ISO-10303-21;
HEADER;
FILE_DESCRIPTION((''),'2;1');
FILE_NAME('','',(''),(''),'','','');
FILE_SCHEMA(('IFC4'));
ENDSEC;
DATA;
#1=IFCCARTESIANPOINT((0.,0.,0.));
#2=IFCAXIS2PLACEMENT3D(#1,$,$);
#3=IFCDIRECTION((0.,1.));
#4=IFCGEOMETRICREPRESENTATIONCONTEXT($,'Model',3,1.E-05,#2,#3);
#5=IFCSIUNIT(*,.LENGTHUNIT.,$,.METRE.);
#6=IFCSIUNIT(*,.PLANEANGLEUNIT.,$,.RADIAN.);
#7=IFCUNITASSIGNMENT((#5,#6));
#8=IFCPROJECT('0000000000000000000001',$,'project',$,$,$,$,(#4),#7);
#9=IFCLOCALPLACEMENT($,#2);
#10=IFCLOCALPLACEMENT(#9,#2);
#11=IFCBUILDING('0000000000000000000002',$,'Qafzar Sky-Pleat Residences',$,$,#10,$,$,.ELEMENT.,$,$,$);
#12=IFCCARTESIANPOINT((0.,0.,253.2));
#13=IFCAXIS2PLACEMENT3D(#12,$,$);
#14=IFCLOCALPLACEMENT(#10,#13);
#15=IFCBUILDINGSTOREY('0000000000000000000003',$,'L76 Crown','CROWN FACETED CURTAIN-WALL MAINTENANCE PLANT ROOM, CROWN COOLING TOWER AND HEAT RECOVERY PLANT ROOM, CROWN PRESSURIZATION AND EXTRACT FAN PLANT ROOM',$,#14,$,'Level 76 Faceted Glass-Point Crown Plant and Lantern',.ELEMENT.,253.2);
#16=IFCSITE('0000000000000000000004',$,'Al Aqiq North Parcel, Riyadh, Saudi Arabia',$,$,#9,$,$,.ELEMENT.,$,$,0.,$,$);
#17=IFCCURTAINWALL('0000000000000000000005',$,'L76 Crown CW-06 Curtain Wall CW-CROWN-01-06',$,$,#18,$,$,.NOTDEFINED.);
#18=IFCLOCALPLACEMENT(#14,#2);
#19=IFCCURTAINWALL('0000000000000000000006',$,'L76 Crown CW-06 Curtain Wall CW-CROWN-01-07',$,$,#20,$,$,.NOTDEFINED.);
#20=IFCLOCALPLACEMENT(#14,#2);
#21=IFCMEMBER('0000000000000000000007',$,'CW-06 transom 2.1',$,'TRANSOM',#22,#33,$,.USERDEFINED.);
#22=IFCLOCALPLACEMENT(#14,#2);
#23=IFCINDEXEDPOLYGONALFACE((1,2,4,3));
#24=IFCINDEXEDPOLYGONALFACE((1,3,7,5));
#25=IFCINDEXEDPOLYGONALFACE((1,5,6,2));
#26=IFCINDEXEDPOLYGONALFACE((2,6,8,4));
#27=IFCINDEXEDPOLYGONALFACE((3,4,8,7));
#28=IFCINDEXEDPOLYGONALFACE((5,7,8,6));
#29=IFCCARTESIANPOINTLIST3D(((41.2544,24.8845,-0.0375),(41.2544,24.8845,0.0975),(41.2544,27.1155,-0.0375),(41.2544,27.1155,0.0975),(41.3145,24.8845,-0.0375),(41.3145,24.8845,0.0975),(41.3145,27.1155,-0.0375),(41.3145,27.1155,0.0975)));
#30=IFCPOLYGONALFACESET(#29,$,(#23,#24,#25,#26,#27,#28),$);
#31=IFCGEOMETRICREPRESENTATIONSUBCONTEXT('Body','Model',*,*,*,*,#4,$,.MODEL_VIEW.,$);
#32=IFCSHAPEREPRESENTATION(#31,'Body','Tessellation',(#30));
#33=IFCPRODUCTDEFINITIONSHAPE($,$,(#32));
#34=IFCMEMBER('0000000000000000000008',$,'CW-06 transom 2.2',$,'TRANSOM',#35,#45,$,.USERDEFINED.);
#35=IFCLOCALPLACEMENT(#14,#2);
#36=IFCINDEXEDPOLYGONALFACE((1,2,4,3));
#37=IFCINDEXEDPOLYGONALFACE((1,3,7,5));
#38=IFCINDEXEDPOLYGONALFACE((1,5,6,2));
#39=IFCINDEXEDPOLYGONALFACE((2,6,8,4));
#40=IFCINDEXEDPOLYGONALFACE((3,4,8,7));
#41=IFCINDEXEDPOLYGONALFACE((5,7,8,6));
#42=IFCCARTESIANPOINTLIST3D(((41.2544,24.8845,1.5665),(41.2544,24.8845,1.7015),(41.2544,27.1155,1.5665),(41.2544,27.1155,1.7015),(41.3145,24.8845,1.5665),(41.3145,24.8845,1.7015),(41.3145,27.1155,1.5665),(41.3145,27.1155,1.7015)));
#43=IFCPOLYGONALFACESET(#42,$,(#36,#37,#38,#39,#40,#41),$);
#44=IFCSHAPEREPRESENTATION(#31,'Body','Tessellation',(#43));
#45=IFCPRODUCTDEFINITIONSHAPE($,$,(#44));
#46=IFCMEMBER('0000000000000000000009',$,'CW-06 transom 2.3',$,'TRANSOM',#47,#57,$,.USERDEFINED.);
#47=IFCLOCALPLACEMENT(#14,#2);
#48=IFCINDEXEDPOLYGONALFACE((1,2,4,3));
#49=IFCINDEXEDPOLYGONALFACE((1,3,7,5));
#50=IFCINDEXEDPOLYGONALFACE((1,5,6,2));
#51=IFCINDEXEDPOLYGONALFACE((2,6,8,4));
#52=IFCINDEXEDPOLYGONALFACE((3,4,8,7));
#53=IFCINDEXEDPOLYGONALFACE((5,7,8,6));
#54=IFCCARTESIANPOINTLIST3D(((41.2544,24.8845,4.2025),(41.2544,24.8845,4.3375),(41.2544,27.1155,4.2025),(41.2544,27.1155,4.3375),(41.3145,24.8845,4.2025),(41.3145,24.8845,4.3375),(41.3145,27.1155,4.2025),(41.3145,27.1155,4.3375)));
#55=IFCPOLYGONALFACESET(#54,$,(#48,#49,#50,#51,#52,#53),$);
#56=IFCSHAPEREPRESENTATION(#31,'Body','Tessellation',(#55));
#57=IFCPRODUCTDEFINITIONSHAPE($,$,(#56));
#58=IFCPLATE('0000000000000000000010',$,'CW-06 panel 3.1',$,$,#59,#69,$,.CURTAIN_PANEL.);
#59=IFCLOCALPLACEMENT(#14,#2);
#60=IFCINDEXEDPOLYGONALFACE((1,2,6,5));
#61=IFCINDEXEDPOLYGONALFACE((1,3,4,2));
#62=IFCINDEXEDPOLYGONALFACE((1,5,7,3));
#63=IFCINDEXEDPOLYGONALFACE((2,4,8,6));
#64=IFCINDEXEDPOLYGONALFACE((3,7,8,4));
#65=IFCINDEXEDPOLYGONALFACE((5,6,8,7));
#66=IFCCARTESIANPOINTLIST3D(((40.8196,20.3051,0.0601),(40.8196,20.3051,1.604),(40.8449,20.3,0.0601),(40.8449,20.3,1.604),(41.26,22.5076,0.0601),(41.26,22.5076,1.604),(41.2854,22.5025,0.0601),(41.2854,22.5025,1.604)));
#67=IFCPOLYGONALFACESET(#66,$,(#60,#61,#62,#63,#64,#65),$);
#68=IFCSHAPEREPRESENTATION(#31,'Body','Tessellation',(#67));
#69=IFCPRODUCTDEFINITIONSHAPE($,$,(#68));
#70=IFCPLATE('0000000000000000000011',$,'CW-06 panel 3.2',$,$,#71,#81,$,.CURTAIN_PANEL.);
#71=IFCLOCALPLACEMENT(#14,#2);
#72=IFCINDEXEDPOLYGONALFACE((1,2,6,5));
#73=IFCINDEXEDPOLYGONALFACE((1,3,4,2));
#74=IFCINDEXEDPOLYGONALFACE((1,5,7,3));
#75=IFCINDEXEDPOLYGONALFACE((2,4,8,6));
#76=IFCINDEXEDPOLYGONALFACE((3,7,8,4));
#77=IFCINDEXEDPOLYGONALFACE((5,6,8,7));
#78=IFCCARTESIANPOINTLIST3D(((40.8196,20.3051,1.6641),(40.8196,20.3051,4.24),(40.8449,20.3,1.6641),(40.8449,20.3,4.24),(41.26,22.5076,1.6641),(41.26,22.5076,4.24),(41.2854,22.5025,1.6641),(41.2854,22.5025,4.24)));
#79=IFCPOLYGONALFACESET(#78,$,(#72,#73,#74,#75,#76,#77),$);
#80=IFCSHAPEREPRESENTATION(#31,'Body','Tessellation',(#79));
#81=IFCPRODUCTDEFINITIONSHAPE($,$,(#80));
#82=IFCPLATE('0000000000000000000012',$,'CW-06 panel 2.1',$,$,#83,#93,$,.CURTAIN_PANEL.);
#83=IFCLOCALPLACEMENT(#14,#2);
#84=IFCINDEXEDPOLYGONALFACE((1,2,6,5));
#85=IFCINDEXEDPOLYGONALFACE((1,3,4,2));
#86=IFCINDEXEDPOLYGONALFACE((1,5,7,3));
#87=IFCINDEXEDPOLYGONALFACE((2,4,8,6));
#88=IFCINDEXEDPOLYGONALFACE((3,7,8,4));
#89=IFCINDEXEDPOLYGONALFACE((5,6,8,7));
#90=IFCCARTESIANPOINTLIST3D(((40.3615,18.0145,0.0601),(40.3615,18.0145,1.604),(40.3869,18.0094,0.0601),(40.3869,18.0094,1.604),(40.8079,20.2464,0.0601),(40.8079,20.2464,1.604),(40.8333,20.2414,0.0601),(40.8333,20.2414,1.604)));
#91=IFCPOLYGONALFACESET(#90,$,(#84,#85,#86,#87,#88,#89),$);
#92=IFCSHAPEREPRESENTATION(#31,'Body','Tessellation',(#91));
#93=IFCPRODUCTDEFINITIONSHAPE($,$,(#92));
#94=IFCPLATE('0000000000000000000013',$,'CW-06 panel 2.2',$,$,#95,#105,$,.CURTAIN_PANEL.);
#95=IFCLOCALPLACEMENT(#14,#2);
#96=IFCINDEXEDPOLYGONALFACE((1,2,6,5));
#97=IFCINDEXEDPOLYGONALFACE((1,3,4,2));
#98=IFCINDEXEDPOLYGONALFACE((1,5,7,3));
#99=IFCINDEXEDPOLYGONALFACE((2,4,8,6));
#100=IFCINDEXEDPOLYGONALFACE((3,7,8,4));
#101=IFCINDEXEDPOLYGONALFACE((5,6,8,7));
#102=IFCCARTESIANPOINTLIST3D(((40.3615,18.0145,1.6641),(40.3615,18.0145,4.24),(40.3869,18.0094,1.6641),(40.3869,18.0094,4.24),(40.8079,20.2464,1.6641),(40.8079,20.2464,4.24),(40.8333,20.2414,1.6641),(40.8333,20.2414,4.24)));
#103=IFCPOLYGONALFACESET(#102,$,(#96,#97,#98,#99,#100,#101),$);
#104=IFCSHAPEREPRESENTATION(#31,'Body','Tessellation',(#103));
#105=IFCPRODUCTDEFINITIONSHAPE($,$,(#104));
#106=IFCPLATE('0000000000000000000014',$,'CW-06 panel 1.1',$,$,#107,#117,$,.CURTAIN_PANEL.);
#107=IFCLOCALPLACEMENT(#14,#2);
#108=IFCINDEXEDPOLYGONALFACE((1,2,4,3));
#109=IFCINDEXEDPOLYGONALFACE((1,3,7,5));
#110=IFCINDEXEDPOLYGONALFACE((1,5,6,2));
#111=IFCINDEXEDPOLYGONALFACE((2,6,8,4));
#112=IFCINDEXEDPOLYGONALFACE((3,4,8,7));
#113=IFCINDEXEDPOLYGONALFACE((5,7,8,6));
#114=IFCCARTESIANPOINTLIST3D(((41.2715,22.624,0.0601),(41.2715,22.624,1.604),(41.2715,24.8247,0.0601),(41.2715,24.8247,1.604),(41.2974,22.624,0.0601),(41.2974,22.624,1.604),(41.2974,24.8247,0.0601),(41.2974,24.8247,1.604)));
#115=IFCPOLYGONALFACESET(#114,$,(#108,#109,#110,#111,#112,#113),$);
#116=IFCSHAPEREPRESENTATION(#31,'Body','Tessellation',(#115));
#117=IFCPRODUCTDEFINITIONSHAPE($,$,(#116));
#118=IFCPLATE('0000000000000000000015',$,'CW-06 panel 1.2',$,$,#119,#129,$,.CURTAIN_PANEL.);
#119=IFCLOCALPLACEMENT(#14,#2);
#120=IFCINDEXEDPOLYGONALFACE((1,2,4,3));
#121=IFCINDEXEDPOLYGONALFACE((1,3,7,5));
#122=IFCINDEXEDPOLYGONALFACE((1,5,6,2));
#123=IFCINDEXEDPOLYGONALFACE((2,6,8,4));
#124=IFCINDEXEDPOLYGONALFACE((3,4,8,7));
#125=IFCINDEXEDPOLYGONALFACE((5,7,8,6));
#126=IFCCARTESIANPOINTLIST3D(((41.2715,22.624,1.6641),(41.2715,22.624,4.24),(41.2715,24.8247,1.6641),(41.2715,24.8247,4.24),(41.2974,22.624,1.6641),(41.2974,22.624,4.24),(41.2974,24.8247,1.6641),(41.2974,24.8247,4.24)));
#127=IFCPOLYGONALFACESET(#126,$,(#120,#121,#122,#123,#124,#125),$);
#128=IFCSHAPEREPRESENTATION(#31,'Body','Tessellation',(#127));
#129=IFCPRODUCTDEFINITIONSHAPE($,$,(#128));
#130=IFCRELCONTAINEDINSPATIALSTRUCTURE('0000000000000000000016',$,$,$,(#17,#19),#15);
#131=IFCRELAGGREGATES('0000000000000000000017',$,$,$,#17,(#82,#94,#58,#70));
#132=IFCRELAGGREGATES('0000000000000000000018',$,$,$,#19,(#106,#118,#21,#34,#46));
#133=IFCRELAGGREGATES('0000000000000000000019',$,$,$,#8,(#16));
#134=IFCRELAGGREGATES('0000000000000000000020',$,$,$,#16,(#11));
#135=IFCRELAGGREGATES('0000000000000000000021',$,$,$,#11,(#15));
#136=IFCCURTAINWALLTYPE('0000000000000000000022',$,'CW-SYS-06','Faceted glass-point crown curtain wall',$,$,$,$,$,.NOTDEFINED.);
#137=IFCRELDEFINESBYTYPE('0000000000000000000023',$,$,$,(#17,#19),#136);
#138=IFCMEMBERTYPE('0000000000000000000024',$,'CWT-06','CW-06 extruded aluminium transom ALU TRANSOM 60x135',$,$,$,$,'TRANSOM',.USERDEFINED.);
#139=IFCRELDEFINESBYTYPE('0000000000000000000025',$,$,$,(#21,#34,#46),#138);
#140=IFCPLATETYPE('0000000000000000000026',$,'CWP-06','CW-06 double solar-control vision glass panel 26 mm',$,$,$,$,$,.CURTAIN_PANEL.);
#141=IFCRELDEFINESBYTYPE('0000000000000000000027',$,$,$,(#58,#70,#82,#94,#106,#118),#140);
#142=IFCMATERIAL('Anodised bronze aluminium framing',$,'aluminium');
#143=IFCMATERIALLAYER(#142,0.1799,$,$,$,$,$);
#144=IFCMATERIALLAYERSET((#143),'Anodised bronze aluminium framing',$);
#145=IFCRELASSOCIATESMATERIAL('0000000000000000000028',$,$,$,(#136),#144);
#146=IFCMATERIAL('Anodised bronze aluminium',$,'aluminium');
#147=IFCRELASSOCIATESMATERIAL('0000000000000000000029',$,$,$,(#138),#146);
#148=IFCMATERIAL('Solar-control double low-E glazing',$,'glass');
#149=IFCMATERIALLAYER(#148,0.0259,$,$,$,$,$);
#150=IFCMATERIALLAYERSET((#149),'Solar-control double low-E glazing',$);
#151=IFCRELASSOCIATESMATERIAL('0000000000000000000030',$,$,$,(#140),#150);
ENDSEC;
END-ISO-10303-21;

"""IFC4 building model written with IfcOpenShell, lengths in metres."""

from ifc_helpers import new_model, si_unit, direction, frame, origin, origin_2d, place, context, subcontext, project, spatial, rectangle, extrude, source, transform, mapped, material, layer, layer_set, material_profile, profile_set, type_object, element, aggregate, save


model = new_model("IFC4")

# Units and contexts
model_context = context("Model", 3, precision=1e-05, world=origin(), true_north=direction((0.0, 1.0)))
body_context = subcontext(model_context, "Body", "Model", "MODEL_VIEW")
ifc_project = project(units=[si_unit("LENGTHUNIT", "METRE"), si_unit("PLANEANGLEUNIT", "RADIAN")], contexts=[model_context])

# Site, building, storey
site_placement = place(None, origin())
site = spatial("IfcSite", under=ifc_project, at=site_placement, Name="Al Aqiq North Parcel, Riyadh, Saudi Arabia", CompositionType="ELEMENT", RefElevation=0.0)
building_placement = place(site_placement, origin())
building = spatial("IfcBuilding", under=site, at=building_placement, Name="Qafzar Sky-Pleat Residences", CompositionType="ELEMENT")
storey_placement = place(building_placement, frame((0.0, 0.0, 253.2)))
storey = spatial("IfcBuildingStorey", under=building, at=storey_placement, Name="L76 Crown", Description="CROWN FACETED CURTAIN-WALL MAINTENANCE PLANT ROOM, CROWN COOLING TOWER AND HEAT RECOVERY PLANT ROOM, CROWN PRESSURIZATION AND EXTRACT FAN PLANT ROOM", LongName="Level 76 Faceted Glass-Point Crown Plant and Lantern", CompositionType="ELEMENT", Elevation=253.2)

# Curtain walls
ifc_material_1 = material(Name="Anodised bronze aluminium framing", Category="aluminium")
ifc_layer_1 = layer(ifc_material_1, 0.1799)
ifc_layer_set_1 = layer_set([ifc_layer_1], Name="Anodised bronze aluminium framing")
curtain_wall_type = type_object("IfcCurtainWallType", Name="CW-SYS-06", Description="Faceted glass-point crown curtain wall", PredefinedType="NOTDEFINED", material=ifc_layer_set_1)
curtain_wall_1_placement = place(storey_placement, origin())
curtain_wall_1 = element("IfcCurtainWall", 1, at=curtain_wall_1_placement, inside=storey, type_object=curtain_wall_type, Name="L76 Crown CW-06 Curtain Wall CW-CROWN-01-06", PredefinedType="NOTDEFINED")
ifc_material_2 = material(Name="Anodised bronze aluminium", Category="aluminium")
curtain_wall_2_placement = place(storey_placement, origin())
curtain_wall_2 = element("IfcCurtainWall", 2, at=curtain_wall_2_placement, inside=storey, type_object=curtain_wall_type, Name="L76 Crown CW-06 Curtain Wall CW-CROWN-01-07", PredefinedType="NOTDEFINED")

# Members
ifc_material_profile_1 = material_profile(ifc_material_2, rectangle(XDim=0.0601, YDim=0.135, at=origin_2d()), Name="ALU TRANSOM 60x135")
ifc_profile_set_1 = profile_set([ifc_material_profile_1], Name="Anodised bronze aluminium")
member_type_1 = type_object("IfcMemberType", Name="CWT-06", Description="CW-06 extruded aluminium transom ALU TRANSOM 60x135", ElementType="TRANSOM", PredefinedType="USERDEFINED", material=ifc_profile_set_1)
shared_shape_1 = source(origin(), body_context, "Body", "SweptSolid", [
    extrude(rectangle(XDim=0.0601, YDim=0.135, at=origin_2d()), origin(), (0.0, 0.0, 1.0), 2.231),
])
member_1_placement = place(storey_placement, frame((41.2844, 24.8845, 0.03), z_axis=(0.0, 1.0, 0.0), x_axis=(-1.0, 0.0, 0.0)))
member_1 = element("IfcMember", 3, at=member_1_placement, type_object=member_type_1, Name="CW-06 transom 2.1", ObjectType="TRANSOM", PredefinedType="USERDEFINED", context=body_context, shape_type="MappedRepresentation", body=[
    mapped(shared_shape_1, transform((0.0, 0.0, 0.0), x_axis=(1.0, 0.0, 0.0), y_axis=(0.0, 1.0, 0.0), z_axis=(0.0, 0.0, 1.0), scale=1.0)),
])
member_2_placement = place(storey_placement, frame((41.2844, 24.8845, 1.634), z_axis=(0.0, 1.0, 0.0), x_axis=(-1.0, 0.0, 0.0)))
member_2 = element("IfcMember", 4, at=member_2_placement, type_object=member_type_1, Name="CW-06 transom 2.2", ObjectType="TRANSOM", PredefinedType="USERDEFINED", context=body_context, shape_type="MappedRepresentation", body=[
    mapped(shared_shape_1, transform((0.0, 0.0, 0.0), x_axis=(1.0, 0.0, 0.0), y_axis=(0.0, 1.0, 0.0), z_axis=(0.0, 0.0, 1.0), scale=1.0)),
])
member_3_placement = place(storey_placement, frame((41.2844, 24.8845, 4.27), z_axis=(0.0, 1.0, 0.0), x_axis=(-1.0, 0.0, 0.0)))
member_3 = element("IfcMember", 5, at=member_3_placement, type_object=member_type_1, Name="CW-06 transom 2.3", ObjectType="TRANSOM", PredefinedType="USERDEFINED", context=body_context, shape_type="MappedRepresentation", body=[
    mapped(shared_shape_1, transform((0.0, 0.0, 0.0), x_axis=(1.0, 0.0, 0.0), y_axis=(0.0, 1.0, 0.0), z_axis=(0.0, 0.0, 1.0), scale=1.0)),
])

# Plates
ifc_material_3 = material(Name="Solar-control double low-E glazing", Category="glass")
ifc_layer_2 = layer(ifc_material_3, 0.0259)
ifc_layer_set_2 = layer_set([ifc_layer_2], Name="Solar-control double low-E glazing")
plate_type = type_object("IfcPlateType", Name="CWP-06", Description="CW-06 double solar-control vision glass panel 26 mm", PredefinedType="CURTAIN_PANEL", material=ifc_layer_set_2)
shared_shape_2 = source(origin(), body_context, "Body", "SweptSolid", [
    extrude(rectangle(XDim=2.2461, YDim=0.0259, at=origin_2d()), origin(), (0.0, 0.0, 1.0), 1.5439),
])
plate_1_placement = place(storey_placement, frame((41.0525, 21.4038, 0.0601), z_axis=(0.0, 0.0, 1.0), x_axis=(0.196113, 0.980581, 0.0)))
plate_1 = element("IfcPlate", 6, at=plate_1_placement, type_object=plate_type, Name="CW-06 panel 3.1", PredefinedType="CURTAIN_PANEL", context=body_context, shape_type="MappedRepresentation", body=[
    mapped(shared_shape_2, transform((0.0, 0.0, 0.0), x_axis=(1.0, 0.0, 0.0), y_axis=(0.0, 1.0, 0.0), z_axis=(0.0, 0.0, 1.0), scale=1.0)),
])
shared_shape_3 = source(origin(), body_context, "Body", "SweptSolid", [
    extrude(rectangle(XDim=2.2461, YDim=0.0259, at=origin_2d()), origin(), (0.0, 0.0, 1.0), 2.5759),
])
plate_2_placement = place(storey_placement, frame((41.0525, 21.4038, 1.6641), z_axis=(0.0, 0.0, 1.0), x_axis=(0.196113, 0.980581, 0.0)))
plate_2 = element("IfcPlate", 7, at=plate_2_placement, type_object=plate_type, Name="CW-06 panel 3.2", PredefinedType="CURTAIN_PANEL", context=body_context, shape_type="MappedRepresentation", body=[
    mapped(shared_shape_3, transform((0.0, 0.0, 0.0), x_axis=(1.0, 0.0, 0.0), y_axis=(0.0, 1.0, 0.0), z_axis=(0.0, 0.0, 1.0), scale=1.0)),
])
shared_shape_4 = source(origin(), body_context, "Body", "SweptSolid", [
    extrude(rectangle(XDim=2.2761, YDim=0.0259, at=origin_2d()), origin(), (0.0, 0.0, 1.0), 1.5439),
])
plate_3_placement = place(storey_placement, frame((40.5974, 19.1279, 0.0601), z_axis=(0.0, 0.0, 1.0), x_axis=(0.196113, 0.980581, 0.0)))
plate_3 = element("IfcPlate", 8, at=plate_3_placement, type_object=plate_type, Name="CW-06 panel 2.1", PredefinedType="CURTAIN_PANEL", context=body_context, shape_type="MappedRepresentation", body=[
    mapped(shared_shape_4, transform((0.0, 0.0, 0.0), x_axis=(1.0, 0.0, 0.0), y_axis=(0.0, 1.0, 0.0), z_axis=(0.0, 0.0, 1.0), scale=1.0)),
])
shared_shape_5 = source(origin(), body_context, "Body", "SweptSolid", [
    extrude(rectangle(XDim=2.2761, YDim=0.0259, at=origin_2d()), origin(), (0.0, 0.0, 1.0), 2.5759),
])
plate_4_placement = place(storey_placement, frame((40.5974, 19.1279, 1.6641), z_axis=(0.0, 0.0, 1.0), x_axis=(0.196113, 0.980581, 0.0)))
plate_4 = element("IfcPlate", 9, at=plate_4_placement, type_object=plate_type, Name="CW-06 panel 2.2", PredefinedType="CURTAIN_PANEL", context=body_context, shape_type="MappedRepresentation", body=[
    mapped(shared_shape_5, transform((0.0, 0.0, 0.0), x_axis=(1.0, 0.0, 0.0), y_axis=(0.0, 1.0, 0.0), z_axis=(0.0, 0.0, 1.0), scale=1.0)),
])
aggregate(curtain_wall_1, [plate_3, plate_4, plate_1, plate_2])
shared_shape_6 = source(origin(), body_context, "Body", "SweptSolid", [
    extrude(rectangle(XDim=2.2007, YDim=0.0259, at=origin_2d()), origin(), (0.0, 0.0, 1.0), 1.5439),
])
plate_5_placement = place(storey_placement, frame((41.2844, 23.7244, 0.0601), z_axis=(0.0, 0.0, 1.0), x_axis=(0.0, 1.0, 0.0)))
plate_5 = element("IfcPlate", 10, at=plate_5_placement, type_object=plate_type, Name="CW-06 panel 1.1", PredefinedType="CURTAIN_PANEL", context=body_context, shape_type="MappedRepresentation", body=[
    mapped(shared_shape_6, transform((0.0, 0.0, 0.0), x_axis=(1.0, 0.0, 0.0), y_axis=(0.0, 1.0, 0.0), z_axis=(0.0, 0.0, 1.0), scale=1.0)),
])
shared_shape_7 = source(origin(), body_context, "Body", "SweptSolid", [
    extrude(rectangle(XDim=2.2007, YDim=0.0259, at=origin_2d()), origin(), (0.0, 0.0, 1.0), 2.5759),
])
plate_6_placement = place(storey_placement, frame((41.2844, 23.7244, 1.6641), z_axis=(0.0, 0.0, 1.0), x_axis=(0.0, 1.0, 0.0)))
plate_6 = element("IfcPlate", 11, at=plate_6_placement, type_object=plate_type, Name="CW-06 panel 1.2", PredefinedType="CURTAIN_PANEL", context=body_context, shape_type="MappedRepresentation", body=[
    mapped(shared_shape_7, transform((0.0, 0.0, 0.0), x_axis=(1.0, 0.0, 0.0), y_axis=(0.0, 1.0, 0.0), z_axis=(0.0, 0.0, 1.0), scale=1.0)),
])
aggregate(curtain_wall_2, [plate_5, plate_6, member_1, member_2, member_3])

save(model, "model.ifc")
